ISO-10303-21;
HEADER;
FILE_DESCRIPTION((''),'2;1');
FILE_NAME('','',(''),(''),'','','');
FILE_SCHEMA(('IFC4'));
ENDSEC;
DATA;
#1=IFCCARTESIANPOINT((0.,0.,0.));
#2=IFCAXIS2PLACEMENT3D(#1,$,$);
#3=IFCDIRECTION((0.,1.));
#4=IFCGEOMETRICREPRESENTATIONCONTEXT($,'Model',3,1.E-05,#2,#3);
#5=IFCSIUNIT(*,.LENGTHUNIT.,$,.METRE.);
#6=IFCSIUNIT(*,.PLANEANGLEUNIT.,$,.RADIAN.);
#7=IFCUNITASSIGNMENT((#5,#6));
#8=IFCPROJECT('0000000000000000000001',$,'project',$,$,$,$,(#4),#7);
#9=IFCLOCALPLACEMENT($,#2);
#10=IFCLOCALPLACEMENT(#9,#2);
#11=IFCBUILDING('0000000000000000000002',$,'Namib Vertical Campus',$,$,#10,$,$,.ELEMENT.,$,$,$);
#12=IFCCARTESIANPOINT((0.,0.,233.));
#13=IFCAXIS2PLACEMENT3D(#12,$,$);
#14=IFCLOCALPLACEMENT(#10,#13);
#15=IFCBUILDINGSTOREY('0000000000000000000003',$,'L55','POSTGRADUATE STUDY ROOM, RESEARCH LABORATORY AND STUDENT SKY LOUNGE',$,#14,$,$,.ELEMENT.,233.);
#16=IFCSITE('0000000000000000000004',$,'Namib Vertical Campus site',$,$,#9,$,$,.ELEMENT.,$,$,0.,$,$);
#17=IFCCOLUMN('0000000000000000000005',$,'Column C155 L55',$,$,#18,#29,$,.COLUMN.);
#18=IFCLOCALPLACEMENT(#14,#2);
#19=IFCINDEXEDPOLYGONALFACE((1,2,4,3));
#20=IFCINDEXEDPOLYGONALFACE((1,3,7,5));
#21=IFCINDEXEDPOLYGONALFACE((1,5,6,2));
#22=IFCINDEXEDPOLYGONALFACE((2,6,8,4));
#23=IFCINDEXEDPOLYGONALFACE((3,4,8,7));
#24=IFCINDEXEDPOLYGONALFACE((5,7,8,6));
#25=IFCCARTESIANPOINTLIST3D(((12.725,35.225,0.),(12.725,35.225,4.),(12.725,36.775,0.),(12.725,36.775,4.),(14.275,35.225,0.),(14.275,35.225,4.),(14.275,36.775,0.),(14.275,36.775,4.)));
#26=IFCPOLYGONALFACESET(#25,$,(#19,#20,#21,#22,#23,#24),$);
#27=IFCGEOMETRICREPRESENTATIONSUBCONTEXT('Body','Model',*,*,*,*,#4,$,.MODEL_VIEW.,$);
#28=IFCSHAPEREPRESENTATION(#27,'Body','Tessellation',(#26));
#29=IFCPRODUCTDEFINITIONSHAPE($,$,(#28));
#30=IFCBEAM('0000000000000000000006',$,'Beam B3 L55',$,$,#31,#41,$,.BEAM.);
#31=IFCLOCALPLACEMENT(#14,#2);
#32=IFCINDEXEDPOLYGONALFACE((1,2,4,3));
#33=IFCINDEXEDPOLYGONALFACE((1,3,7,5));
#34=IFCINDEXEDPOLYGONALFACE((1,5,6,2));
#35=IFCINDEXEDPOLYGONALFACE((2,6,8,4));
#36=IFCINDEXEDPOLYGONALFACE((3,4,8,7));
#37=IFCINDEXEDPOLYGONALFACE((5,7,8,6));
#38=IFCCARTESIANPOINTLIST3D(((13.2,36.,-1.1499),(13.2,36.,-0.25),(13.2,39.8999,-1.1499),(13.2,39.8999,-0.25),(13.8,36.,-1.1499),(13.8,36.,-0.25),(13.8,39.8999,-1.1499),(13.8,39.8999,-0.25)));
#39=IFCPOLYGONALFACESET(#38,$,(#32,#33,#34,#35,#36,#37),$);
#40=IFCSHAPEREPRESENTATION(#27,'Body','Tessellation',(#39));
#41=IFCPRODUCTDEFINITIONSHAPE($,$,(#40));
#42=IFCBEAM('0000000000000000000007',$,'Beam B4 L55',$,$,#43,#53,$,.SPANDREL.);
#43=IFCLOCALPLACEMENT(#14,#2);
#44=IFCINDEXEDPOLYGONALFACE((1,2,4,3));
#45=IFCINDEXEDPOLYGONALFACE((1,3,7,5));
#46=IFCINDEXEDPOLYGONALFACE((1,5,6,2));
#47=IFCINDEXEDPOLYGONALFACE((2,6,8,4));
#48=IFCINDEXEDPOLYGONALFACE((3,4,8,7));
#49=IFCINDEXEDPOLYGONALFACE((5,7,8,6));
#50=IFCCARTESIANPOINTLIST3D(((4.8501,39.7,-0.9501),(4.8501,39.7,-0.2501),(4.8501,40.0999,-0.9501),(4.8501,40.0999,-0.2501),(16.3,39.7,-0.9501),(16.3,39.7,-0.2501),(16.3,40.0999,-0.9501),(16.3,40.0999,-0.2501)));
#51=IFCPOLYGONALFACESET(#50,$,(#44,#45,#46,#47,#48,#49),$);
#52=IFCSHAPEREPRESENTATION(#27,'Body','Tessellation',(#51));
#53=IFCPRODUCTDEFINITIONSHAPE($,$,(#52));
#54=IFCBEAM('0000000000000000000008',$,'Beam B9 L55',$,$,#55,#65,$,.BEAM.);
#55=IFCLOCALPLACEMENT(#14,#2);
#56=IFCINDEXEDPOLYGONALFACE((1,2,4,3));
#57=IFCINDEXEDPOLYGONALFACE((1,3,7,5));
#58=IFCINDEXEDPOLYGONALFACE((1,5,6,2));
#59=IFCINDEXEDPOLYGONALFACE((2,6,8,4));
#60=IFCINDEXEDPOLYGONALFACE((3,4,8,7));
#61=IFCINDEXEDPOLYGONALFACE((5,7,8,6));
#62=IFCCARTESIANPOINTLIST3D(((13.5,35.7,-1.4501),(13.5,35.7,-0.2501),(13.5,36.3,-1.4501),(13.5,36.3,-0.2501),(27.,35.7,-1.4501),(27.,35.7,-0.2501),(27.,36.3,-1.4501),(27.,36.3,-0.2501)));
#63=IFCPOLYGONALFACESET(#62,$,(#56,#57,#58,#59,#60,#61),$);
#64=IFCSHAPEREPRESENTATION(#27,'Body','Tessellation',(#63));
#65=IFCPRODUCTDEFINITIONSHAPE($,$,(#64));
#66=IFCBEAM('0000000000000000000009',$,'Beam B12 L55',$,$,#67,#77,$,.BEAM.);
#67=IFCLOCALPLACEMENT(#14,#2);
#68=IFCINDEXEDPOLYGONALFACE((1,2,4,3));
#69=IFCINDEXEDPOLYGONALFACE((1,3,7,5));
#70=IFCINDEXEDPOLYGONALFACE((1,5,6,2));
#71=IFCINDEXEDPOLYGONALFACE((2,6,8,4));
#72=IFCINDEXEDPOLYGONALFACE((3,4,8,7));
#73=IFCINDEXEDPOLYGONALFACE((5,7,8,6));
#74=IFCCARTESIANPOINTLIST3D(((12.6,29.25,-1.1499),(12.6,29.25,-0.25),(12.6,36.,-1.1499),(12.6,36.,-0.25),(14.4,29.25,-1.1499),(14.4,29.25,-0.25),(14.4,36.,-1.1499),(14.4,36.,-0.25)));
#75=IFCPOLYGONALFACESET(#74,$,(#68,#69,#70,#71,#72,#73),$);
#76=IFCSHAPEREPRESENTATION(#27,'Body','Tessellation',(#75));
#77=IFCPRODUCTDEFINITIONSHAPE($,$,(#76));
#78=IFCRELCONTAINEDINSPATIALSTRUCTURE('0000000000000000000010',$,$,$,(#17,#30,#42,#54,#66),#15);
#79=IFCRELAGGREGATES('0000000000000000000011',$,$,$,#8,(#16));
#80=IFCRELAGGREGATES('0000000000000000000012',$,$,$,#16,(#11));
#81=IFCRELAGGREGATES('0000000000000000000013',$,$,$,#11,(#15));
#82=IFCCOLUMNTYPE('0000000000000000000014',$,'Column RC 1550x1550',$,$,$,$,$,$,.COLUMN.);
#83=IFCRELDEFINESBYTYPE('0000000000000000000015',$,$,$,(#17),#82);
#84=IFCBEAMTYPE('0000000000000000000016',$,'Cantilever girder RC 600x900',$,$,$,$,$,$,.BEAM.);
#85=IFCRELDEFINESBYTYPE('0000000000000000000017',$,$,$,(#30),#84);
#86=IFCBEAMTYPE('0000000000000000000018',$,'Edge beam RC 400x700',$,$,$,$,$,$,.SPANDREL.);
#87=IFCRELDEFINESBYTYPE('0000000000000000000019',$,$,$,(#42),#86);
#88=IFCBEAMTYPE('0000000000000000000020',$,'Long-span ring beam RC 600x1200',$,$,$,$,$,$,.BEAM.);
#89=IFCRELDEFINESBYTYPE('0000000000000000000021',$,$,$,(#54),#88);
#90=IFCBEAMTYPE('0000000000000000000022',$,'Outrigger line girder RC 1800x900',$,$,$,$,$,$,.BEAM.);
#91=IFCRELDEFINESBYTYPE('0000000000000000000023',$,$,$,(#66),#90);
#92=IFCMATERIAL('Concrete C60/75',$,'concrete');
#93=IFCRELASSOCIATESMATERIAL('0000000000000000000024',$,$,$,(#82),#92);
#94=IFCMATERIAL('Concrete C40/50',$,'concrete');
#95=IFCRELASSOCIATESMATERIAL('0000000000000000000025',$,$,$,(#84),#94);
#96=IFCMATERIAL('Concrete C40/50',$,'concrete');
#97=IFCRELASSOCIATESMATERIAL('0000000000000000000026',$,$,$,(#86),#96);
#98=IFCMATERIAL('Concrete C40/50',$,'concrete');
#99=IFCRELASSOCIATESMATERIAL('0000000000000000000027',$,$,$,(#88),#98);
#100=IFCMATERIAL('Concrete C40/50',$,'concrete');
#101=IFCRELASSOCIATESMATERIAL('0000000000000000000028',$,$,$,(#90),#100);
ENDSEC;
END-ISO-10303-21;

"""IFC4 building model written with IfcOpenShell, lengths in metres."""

from ifc_helpers import new_model, si_unit, direction, frame, origin, origin_2d, place, context, subcontext, project, spatial, rectangle, extrude, material, material_profile, profile_set, type_object, element, save


model = new_model("IFC4")

# Units and contexts
model_context = context("Model", 3, precision=1e-05, world=origin(), true_north=direction((0.0, 1.0)))
body_context = subcontext(model_context, "Body", "Model", "MODEL_VIEW")
ifc_project = project(units=[si_unit("LENGTHUNIT", "METRE"), si_unit("PLANEANGLEUNIT", "RADIAN")], contexts=[model_context])

# Site, building, storey
site_placement = place(None, origin())
site = spatial("IfcSite", under=ifc_project, at=site_placement, Name="Namib Vertical Campus site", CompositionType="ELEMENT", RefElevation=0.0)
building_placement = place(site_placement, origin())
building = spatial("IfcBuilding", under=site, at=building_placement, Name="Namib Vertical Campus", CompositionType="ELEMENT")
storey_placement = place(building_placement, frame((0.0, 0.0, 233.0)))
storey = spatial("IfcBuildingStorey", under=building, at=storey_placement, Name="L55", Description="POSTGRADUATE STUDY ROOM, RESEARCH LABORATORY AND STUDENT SKY LOUNGE", CompositionType="ELEMENT", Elevation=233.0)

# Column
ifc_material_1 = material(Name="Concrete C60/75", Category="concrete")
ifc_material_profile_1 = material_profile(ifc_material_1, rectangle(XDim=1.55, YDim=1.55, at=origin_2d()))
ifc_profile_set_1 = profile_set([ifc_material_profile_1], Name="Concrete C60/75")
column_type = type_object("IfcColumnType", Name="Column RC 1550x1550", PredefinedType="COLUMN", material=ifc_profile_set_1)
column_placement = place(storey_placement, frame((13.5, 36.0, 0.0), z_axis=(0.0, 0.0, 1.0), x_axis=(1.0, 0.0, 0.0)))
element("IfcColumn", 1, at=column_placement, inside=storey, type_object=column_type, Name="Column C155 L55", PredefinedType="COLUMN", context=body_context, shape_type="SweptSolid", body=[
    extrude(rectangle(XDim=1.55, YDim=1.55, at=origin_2d()), origin(), (0.0, 0.0, 1.0), 4.0),
])

# Beams
ifc_material_2 = material(Name="Concrete C40/50", Category="concrete")
ifc_material_profile_2 = material_profile(ifc_material_2, rectangle(XDim=0.6001, YDim=0.8999, at=origin_2d()))
ifc_profile_set_2 = profile_set([ifc_material_profile_2], Name="Concrete C40/50")
beam_type_1 = type_object("IfcBeamType", Name="Cantilever girder RC 600x900", PredefinedType="BEAM", material=ifc_profile_set_2)
beam_1_placement = place(storey_placement, frame((13.5, 36.0, -0.7), z_axis=(0.0, 1.0, 0.0), x_axis=(-1.0, 0.0, 0.0)))
element("IfcBeam", 2, at=beam_1_placement, inside=storey, type_object=beam_type_1, Name="Beam B3 L55", PredefinedType="BEAM", context=body_context, shape_type="SweptSolid", body=[
    extrude(rectangle(XDim=0.6001, YDim=0.8999, at=origin_2d()), origin(), (0.0, 0.0, 1.0), 3.8999),
])
ifc_material_3 = material(Name="Concrete C40/50", Category="concrete")
ifc_material_profile_3 = material_profile(ifc_material_3, rectangle(XDim=0.3999, YDim=0.7, at=origin_2d()))
ifc_profile_set_3 = profile_set([ifc_material_profile_3], Name="Concrete C40/50")
beam_type_2 = type_object("IfcBeamType", Name="Edge beam RC 400x700", PredefinedType="SPANDREL", material=ifc_profile_set_3)
beam_2_placement = place(storey_placement, frame((4.8501, 39.8999, -0.6001), z_axis=(1.0, 0.0, 0.0), x_axis=(0.0, 1.0, 0.0)))
element("IfcBeam", 3, at=beam_2_placement, inside=storey, type_object=beam_type_2, Name="Beam B4 L55", PredefinedType="SPANDREL", context=body_context, shape_type="SweptSolid", body=[
    extrude(rectangle(XDim=0.3999, YDim=0.7, at=origin_2d()), origin(), (0.0, 0.0, 1.0), 11.45),
])
ifc_material_4 = material(Name="Concrete C40/50", Category="concrete")
ifc_material_profile_4 = material_profile(ifc_material_4, rectangle(XDim=0.6001, YDim=1.2, at=origin_2d()))
ifc_profile_set_4 = profile_set([ifc_material_profile_4], Name="Concrete C40/50")
beam_type_3 = type_object("IfcBeamType", Name="Long-span ring beam RC 600x1200", PredefinedType="BEAM", material=ifc_profile_set_4)
beam_3_placement = place(storey_placement, frame((13.5, 36.0, -0.8501), z_axis=(1.0, 0.0, 0.0), x_axis=(0.0, 1.0, 0.0)))
element("IfcBeam", 4, at=beam_3_placement, inside=storey, type_object=beam_type_3, Name="Beam B9 L55", PredefinedType="BEAM", context=body_context, shape_type="SweptSolid", body=[
    extrude(rectangle(XDim=0.6001, YDim=1.2, at=origin_2d()), origin(), (0.0, 0.0, 1.0), 13.5),
])
ifc_material_5 = material(Name="Concrete C40/50", Category="concrete")
ifc_material_profile_5 = material_profile(ifc_material_5, rectangle(XDim=1.8, YDim=0.8999, at=origin_2d()))
ifc_profile_set_5 = profile_set([ifc_material_profile_5], Name="Concrete C40/50")
beam_type_4 = type_object("IfcBeamType", Name="Outrigger line girder RC 1800x900", PredefinedType="BEAM", material=ifc_profile_set_5)
beam_4_placement = place(storey_placement, frame((13.5, 36.0, -0.7), z_axis=(0.0, -1.0, 0.0), x_axis=(1.0, 0.0, 0.0)))
element("IfcBeam", 5, at=beam_4_placement, inside=storey, type_object=beam_type_4, Name="Beam B12 L55", PredefinedType="BEAM", context=body_context, shape_type="SweptSolid", body=[
    extrude(rectangle(XDim=1.8, YDim=0.8999, at=origin_2d()), origin(), (0.0, 0.0, 1.0), 6.75),
])

save(model, "model.ifc")
